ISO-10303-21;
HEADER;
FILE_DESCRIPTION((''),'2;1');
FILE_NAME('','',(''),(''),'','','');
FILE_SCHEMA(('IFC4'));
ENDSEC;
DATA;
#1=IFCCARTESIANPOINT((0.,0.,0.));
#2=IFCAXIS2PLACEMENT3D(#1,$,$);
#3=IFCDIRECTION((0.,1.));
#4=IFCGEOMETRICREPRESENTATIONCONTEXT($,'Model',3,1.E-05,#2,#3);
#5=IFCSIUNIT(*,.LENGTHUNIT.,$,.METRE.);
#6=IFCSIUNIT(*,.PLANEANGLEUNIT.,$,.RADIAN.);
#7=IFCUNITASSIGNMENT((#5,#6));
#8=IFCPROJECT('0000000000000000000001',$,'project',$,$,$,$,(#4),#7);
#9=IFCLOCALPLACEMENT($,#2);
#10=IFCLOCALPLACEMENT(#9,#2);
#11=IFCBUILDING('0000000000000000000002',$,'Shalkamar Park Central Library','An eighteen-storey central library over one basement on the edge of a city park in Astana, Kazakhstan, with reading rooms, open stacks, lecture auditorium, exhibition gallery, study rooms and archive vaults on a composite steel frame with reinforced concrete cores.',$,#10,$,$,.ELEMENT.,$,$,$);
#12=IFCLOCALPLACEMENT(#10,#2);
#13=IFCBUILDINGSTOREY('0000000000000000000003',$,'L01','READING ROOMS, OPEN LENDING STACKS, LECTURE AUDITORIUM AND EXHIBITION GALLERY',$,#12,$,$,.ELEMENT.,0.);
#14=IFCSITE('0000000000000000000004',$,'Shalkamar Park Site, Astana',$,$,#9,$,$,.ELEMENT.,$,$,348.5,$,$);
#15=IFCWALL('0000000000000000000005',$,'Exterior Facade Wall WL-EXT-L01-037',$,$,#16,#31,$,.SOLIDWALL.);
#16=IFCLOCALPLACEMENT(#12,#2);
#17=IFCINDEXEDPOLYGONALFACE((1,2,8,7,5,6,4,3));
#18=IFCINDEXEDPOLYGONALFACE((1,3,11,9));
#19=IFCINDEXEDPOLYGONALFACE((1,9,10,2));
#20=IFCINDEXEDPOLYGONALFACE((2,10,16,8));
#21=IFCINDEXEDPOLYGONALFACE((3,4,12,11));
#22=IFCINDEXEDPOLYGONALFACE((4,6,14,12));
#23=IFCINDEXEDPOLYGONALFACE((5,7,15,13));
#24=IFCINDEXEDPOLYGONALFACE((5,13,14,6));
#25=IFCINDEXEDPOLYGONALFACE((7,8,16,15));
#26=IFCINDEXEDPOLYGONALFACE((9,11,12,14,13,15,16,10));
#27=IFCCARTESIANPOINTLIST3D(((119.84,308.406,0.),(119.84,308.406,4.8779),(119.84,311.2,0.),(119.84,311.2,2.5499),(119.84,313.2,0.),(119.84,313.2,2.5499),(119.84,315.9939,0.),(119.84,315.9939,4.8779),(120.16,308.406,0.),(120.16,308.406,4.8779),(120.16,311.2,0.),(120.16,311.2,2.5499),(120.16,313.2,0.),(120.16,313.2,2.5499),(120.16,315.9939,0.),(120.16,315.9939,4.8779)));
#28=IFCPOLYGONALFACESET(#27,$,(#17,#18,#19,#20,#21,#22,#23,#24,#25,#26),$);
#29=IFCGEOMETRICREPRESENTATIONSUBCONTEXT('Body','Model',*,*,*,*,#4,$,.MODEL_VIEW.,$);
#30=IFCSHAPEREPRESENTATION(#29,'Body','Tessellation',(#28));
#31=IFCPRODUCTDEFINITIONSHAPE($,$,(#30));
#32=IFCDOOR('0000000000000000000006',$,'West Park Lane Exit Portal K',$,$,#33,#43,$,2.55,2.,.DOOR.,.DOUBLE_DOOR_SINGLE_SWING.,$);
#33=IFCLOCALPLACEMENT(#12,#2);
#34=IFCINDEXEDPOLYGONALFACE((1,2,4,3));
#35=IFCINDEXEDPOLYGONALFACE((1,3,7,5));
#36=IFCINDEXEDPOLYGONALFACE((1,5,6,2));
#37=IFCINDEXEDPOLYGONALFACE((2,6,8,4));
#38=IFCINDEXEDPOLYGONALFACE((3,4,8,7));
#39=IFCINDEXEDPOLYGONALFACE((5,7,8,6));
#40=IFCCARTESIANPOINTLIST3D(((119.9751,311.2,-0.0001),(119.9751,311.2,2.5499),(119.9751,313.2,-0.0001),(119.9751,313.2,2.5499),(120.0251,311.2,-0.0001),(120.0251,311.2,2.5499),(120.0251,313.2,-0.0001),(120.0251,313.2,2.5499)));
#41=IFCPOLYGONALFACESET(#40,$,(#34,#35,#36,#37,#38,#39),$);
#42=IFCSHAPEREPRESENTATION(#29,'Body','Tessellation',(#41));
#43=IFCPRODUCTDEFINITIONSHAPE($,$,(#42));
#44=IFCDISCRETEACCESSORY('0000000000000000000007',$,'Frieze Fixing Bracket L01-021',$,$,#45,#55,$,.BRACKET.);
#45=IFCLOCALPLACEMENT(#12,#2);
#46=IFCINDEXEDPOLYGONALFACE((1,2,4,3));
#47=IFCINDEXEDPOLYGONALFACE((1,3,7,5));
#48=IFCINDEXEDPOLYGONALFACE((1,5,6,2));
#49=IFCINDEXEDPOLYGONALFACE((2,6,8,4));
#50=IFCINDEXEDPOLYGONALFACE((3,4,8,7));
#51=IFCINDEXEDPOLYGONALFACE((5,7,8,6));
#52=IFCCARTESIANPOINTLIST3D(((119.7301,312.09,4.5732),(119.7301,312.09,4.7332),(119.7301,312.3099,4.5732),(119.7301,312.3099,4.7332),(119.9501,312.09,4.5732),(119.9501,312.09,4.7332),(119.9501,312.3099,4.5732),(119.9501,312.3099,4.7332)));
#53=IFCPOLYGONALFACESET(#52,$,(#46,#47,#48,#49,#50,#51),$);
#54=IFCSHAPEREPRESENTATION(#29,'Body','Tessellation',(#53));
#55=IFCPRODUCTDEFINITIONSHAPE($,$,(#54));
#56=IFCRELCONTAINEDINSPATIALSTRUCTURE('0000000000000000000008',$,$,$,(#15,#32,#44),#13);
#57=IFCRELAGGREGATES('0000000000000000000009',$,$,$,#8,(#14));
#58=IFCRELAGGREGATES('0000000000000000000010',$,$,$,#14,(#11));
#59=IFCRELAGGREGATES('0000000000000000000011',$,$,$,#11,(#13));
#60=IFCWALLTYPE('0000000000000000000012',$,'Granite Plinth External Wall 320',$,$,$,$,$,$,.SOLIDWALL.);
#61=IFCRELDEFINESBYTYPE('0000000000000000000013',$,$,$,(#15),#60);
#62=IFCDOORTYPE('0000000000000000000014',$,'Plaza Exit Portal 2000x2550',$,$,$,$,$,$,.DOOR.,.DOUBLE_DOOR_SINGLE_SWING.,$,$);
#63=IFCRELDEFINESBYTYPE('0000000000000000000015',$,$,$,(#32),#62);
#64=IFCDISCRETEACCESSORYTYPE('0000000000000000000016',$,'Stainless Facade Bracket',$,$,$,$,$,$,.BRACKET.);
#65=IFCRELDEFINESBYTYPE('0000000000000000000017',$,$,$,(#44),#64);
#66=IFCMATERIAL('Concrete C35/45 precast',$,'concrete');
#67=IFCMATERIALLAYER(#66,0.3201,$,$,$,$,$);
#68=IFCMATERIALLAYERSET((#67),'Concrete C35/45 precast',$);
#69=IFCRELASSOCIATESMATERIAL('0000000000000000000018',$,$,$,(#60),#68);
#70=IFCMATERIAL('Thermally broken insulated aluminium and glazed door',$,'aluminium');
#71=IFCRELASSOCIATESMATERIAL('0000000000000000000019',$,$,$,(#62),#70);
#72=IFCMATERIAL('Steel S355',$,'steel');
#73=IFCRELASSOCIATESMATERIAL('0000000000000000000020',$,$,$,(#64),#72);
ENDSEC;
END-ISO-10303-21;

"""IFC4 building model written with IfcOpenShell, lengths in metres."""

from ifc_helpers import new_model, si_unit, direction, frame, frame_2d, origin, origin_2d, place, context, subcontext, project, spatial, rectangle, extrude, material, layer, layer_set, type_object, element, fill, save


model = new_model("IFC4")

# Units and contexts
model_context = context("Model", 3, precision=1e-05, world=origin(), true_north=direction((0.0, 1.0)))
body_context = subcontext(model_context, "Body", "Model", "MODEL_VIEW")
ifc_project = project(units=[si_unit("LENGTHUNIT", "METRE"), si_unit("PLANEANGLEUNIT", "RADIAN")], contexts=[model_context])

# Site, building, storey
site_placement = place(None, origin())
site = spatial("IfcSite", under=ifc_project, at=site_placement, Name="Shalkamar Park Site, Astana", CompositionType="ELEMENT", RefElevation=348.5)
building_placement = place(site_placement, origin())
building = spatial("IfcBuilding", under=site, at=building_placement, Name="Shalkamar Park Central Library", Description="An eighteen-storey central library over one basement on the edge of a city park in Astana, Kazakhstan, with reading rooms, open stacks, lecture auditorium, exhibition gallery, study rooms and archive vaults on a composite steel frame with reinforced concrete cores.", CompositionType="ELEMENT")
storey_placement = place(building_placement, origin())
storey = spatial("IfcBuildingStorey", under=building, at=storey_placement, Name="L01", Description="READING ROOMS, OPEN LENDING STACKS, LECTURE AUDITORIUM AND EXHIBITION GALLERY", CompositionType="ELEMENT", Elevation=0.0)

# Shared definitions
ifc_material_1 = material(Name="Steel S355", Category="steel")

# Shared definitions
ifc_material_2 = material(Name="Concrete C35/45 precast", Category="concrete")
ifc_layer_1 = layer(ifc_material_2, 0.3201)
ifc_layer_set_1 = layer_set([ifc_layer_1], Name="Concrete C35/45 precast")
wall_type_1 = type_object("IfcWallType", Name="Granite Plinth External Wall 320", PredefinedType="SOLIDWALL", material=ifc_layer_set_1)

# Wall, opening, door
wall_1_placement = place(storey_placement, frame((120.0, 308.406, 0.0), z_axis=(0.0, 0.0, 1.0), x_axis=(0.0, 1.0, 0.0)))
wall_1 = element("IfcWall", 1, at=wall_1_placement, inside=storey, type_object=wall_type_1, Name="Exterior Facade Wall WL-EXT-L01-037", PredefinedType="SOLIDWALL", context=body_context, shape_type="SweptSolid", body=[
    extrude(rectangle(XDim=7.5879, YDim=0.3201, at=frame_2d((3.7939, 0.0))), origin(), (0.0, 0.0, 1.0), 4.8779),
])
opening_1_placement = place(wall_1_placement, frame((2.7939, 0.0, 0.0)))
opening_1 = element("IfcOpeningElement", 2, at=opening_1_placement, cuts=wall_1, PredefinedType="OPENING", context=body_context, shape_type="SweptSolid", body=[
    extrude(rectangle(XDim=2.0, YDim=2.55, at=frame_2d((1.0, 1.2749))), frame((0.0, 0.1748, 0.0), z_axis=(0.0, -1.0, 0.0), x_axis=(1.0, 0.0, 0.0)), (0.0, 0.0, 1.0), 0.3499),
])
ifc_material_3 = material(Name="Thermally broken insulated aluminium and glazed door", Category="aluminium")
door_type_1 = type_object("IfcDoorType", Name="Plaza Exit Portal 2000x2550", OperationType="DOUBLE_DOOR_SINGLE_SWING", PredefinedType="DOOR", material=ifc_material_3)
door_1_placement = place(opening_1_placement, origin())
door_1 = element("IfcDoor", 3, at=door_1_placement, inside=storey, type_object=door_type_1, Name="West Park Lane Exit Portal K", OperationType="DOUBLE_DOOR_SINGLE_SWING", OverallHeight=2.55, OverallWidth=2.0, PredefinedType="DOOR", context=body_context, shape_type="SweptSolid", body=[
    extrude(rectangle(XDim=2.0, YDim=2.55, at=frame_2d((1.0, 1.2749))), frame((0.0, 0.0249, 0.0), z_axis=(0.0, -1.0, 0.0), x_axis=(1.0, 0.0, 0.0)), (0.0, 0.0, 1.0), 0.05),
])
fill(opening_1, door_1)

# Discrete accessory
discrete_accessory_type = type_object("IfcDiscreteAccessoryType", Name="Stainless Facade Bracket", PredefinedType="BRACKET", material=ifc_material_1)
discrete_accessory_placement = place(storey_placement, frame((119.8401, 312.2, 4.5732), z_axis=(0.0, 0.0, 1.0), x_axis=(1.0, 0.0, 0.0)))
element("IfcDiscreteAccessory", 4, at=discrete_accessory_placement, inside=storey, type_object=discrete_accessory_type, Name="Frieze Fixing Bracket L01-021", PredefinedType="BRACKET", context=body_context, shape_type="SweptSolid", body=[
    extrude(rectangle(XDim=0.22, YDim=0.22, at=origin_2d()), origin(), (0.0, 0.0, 1.0), 0.1599),
])

save(model, "model.ifc")
